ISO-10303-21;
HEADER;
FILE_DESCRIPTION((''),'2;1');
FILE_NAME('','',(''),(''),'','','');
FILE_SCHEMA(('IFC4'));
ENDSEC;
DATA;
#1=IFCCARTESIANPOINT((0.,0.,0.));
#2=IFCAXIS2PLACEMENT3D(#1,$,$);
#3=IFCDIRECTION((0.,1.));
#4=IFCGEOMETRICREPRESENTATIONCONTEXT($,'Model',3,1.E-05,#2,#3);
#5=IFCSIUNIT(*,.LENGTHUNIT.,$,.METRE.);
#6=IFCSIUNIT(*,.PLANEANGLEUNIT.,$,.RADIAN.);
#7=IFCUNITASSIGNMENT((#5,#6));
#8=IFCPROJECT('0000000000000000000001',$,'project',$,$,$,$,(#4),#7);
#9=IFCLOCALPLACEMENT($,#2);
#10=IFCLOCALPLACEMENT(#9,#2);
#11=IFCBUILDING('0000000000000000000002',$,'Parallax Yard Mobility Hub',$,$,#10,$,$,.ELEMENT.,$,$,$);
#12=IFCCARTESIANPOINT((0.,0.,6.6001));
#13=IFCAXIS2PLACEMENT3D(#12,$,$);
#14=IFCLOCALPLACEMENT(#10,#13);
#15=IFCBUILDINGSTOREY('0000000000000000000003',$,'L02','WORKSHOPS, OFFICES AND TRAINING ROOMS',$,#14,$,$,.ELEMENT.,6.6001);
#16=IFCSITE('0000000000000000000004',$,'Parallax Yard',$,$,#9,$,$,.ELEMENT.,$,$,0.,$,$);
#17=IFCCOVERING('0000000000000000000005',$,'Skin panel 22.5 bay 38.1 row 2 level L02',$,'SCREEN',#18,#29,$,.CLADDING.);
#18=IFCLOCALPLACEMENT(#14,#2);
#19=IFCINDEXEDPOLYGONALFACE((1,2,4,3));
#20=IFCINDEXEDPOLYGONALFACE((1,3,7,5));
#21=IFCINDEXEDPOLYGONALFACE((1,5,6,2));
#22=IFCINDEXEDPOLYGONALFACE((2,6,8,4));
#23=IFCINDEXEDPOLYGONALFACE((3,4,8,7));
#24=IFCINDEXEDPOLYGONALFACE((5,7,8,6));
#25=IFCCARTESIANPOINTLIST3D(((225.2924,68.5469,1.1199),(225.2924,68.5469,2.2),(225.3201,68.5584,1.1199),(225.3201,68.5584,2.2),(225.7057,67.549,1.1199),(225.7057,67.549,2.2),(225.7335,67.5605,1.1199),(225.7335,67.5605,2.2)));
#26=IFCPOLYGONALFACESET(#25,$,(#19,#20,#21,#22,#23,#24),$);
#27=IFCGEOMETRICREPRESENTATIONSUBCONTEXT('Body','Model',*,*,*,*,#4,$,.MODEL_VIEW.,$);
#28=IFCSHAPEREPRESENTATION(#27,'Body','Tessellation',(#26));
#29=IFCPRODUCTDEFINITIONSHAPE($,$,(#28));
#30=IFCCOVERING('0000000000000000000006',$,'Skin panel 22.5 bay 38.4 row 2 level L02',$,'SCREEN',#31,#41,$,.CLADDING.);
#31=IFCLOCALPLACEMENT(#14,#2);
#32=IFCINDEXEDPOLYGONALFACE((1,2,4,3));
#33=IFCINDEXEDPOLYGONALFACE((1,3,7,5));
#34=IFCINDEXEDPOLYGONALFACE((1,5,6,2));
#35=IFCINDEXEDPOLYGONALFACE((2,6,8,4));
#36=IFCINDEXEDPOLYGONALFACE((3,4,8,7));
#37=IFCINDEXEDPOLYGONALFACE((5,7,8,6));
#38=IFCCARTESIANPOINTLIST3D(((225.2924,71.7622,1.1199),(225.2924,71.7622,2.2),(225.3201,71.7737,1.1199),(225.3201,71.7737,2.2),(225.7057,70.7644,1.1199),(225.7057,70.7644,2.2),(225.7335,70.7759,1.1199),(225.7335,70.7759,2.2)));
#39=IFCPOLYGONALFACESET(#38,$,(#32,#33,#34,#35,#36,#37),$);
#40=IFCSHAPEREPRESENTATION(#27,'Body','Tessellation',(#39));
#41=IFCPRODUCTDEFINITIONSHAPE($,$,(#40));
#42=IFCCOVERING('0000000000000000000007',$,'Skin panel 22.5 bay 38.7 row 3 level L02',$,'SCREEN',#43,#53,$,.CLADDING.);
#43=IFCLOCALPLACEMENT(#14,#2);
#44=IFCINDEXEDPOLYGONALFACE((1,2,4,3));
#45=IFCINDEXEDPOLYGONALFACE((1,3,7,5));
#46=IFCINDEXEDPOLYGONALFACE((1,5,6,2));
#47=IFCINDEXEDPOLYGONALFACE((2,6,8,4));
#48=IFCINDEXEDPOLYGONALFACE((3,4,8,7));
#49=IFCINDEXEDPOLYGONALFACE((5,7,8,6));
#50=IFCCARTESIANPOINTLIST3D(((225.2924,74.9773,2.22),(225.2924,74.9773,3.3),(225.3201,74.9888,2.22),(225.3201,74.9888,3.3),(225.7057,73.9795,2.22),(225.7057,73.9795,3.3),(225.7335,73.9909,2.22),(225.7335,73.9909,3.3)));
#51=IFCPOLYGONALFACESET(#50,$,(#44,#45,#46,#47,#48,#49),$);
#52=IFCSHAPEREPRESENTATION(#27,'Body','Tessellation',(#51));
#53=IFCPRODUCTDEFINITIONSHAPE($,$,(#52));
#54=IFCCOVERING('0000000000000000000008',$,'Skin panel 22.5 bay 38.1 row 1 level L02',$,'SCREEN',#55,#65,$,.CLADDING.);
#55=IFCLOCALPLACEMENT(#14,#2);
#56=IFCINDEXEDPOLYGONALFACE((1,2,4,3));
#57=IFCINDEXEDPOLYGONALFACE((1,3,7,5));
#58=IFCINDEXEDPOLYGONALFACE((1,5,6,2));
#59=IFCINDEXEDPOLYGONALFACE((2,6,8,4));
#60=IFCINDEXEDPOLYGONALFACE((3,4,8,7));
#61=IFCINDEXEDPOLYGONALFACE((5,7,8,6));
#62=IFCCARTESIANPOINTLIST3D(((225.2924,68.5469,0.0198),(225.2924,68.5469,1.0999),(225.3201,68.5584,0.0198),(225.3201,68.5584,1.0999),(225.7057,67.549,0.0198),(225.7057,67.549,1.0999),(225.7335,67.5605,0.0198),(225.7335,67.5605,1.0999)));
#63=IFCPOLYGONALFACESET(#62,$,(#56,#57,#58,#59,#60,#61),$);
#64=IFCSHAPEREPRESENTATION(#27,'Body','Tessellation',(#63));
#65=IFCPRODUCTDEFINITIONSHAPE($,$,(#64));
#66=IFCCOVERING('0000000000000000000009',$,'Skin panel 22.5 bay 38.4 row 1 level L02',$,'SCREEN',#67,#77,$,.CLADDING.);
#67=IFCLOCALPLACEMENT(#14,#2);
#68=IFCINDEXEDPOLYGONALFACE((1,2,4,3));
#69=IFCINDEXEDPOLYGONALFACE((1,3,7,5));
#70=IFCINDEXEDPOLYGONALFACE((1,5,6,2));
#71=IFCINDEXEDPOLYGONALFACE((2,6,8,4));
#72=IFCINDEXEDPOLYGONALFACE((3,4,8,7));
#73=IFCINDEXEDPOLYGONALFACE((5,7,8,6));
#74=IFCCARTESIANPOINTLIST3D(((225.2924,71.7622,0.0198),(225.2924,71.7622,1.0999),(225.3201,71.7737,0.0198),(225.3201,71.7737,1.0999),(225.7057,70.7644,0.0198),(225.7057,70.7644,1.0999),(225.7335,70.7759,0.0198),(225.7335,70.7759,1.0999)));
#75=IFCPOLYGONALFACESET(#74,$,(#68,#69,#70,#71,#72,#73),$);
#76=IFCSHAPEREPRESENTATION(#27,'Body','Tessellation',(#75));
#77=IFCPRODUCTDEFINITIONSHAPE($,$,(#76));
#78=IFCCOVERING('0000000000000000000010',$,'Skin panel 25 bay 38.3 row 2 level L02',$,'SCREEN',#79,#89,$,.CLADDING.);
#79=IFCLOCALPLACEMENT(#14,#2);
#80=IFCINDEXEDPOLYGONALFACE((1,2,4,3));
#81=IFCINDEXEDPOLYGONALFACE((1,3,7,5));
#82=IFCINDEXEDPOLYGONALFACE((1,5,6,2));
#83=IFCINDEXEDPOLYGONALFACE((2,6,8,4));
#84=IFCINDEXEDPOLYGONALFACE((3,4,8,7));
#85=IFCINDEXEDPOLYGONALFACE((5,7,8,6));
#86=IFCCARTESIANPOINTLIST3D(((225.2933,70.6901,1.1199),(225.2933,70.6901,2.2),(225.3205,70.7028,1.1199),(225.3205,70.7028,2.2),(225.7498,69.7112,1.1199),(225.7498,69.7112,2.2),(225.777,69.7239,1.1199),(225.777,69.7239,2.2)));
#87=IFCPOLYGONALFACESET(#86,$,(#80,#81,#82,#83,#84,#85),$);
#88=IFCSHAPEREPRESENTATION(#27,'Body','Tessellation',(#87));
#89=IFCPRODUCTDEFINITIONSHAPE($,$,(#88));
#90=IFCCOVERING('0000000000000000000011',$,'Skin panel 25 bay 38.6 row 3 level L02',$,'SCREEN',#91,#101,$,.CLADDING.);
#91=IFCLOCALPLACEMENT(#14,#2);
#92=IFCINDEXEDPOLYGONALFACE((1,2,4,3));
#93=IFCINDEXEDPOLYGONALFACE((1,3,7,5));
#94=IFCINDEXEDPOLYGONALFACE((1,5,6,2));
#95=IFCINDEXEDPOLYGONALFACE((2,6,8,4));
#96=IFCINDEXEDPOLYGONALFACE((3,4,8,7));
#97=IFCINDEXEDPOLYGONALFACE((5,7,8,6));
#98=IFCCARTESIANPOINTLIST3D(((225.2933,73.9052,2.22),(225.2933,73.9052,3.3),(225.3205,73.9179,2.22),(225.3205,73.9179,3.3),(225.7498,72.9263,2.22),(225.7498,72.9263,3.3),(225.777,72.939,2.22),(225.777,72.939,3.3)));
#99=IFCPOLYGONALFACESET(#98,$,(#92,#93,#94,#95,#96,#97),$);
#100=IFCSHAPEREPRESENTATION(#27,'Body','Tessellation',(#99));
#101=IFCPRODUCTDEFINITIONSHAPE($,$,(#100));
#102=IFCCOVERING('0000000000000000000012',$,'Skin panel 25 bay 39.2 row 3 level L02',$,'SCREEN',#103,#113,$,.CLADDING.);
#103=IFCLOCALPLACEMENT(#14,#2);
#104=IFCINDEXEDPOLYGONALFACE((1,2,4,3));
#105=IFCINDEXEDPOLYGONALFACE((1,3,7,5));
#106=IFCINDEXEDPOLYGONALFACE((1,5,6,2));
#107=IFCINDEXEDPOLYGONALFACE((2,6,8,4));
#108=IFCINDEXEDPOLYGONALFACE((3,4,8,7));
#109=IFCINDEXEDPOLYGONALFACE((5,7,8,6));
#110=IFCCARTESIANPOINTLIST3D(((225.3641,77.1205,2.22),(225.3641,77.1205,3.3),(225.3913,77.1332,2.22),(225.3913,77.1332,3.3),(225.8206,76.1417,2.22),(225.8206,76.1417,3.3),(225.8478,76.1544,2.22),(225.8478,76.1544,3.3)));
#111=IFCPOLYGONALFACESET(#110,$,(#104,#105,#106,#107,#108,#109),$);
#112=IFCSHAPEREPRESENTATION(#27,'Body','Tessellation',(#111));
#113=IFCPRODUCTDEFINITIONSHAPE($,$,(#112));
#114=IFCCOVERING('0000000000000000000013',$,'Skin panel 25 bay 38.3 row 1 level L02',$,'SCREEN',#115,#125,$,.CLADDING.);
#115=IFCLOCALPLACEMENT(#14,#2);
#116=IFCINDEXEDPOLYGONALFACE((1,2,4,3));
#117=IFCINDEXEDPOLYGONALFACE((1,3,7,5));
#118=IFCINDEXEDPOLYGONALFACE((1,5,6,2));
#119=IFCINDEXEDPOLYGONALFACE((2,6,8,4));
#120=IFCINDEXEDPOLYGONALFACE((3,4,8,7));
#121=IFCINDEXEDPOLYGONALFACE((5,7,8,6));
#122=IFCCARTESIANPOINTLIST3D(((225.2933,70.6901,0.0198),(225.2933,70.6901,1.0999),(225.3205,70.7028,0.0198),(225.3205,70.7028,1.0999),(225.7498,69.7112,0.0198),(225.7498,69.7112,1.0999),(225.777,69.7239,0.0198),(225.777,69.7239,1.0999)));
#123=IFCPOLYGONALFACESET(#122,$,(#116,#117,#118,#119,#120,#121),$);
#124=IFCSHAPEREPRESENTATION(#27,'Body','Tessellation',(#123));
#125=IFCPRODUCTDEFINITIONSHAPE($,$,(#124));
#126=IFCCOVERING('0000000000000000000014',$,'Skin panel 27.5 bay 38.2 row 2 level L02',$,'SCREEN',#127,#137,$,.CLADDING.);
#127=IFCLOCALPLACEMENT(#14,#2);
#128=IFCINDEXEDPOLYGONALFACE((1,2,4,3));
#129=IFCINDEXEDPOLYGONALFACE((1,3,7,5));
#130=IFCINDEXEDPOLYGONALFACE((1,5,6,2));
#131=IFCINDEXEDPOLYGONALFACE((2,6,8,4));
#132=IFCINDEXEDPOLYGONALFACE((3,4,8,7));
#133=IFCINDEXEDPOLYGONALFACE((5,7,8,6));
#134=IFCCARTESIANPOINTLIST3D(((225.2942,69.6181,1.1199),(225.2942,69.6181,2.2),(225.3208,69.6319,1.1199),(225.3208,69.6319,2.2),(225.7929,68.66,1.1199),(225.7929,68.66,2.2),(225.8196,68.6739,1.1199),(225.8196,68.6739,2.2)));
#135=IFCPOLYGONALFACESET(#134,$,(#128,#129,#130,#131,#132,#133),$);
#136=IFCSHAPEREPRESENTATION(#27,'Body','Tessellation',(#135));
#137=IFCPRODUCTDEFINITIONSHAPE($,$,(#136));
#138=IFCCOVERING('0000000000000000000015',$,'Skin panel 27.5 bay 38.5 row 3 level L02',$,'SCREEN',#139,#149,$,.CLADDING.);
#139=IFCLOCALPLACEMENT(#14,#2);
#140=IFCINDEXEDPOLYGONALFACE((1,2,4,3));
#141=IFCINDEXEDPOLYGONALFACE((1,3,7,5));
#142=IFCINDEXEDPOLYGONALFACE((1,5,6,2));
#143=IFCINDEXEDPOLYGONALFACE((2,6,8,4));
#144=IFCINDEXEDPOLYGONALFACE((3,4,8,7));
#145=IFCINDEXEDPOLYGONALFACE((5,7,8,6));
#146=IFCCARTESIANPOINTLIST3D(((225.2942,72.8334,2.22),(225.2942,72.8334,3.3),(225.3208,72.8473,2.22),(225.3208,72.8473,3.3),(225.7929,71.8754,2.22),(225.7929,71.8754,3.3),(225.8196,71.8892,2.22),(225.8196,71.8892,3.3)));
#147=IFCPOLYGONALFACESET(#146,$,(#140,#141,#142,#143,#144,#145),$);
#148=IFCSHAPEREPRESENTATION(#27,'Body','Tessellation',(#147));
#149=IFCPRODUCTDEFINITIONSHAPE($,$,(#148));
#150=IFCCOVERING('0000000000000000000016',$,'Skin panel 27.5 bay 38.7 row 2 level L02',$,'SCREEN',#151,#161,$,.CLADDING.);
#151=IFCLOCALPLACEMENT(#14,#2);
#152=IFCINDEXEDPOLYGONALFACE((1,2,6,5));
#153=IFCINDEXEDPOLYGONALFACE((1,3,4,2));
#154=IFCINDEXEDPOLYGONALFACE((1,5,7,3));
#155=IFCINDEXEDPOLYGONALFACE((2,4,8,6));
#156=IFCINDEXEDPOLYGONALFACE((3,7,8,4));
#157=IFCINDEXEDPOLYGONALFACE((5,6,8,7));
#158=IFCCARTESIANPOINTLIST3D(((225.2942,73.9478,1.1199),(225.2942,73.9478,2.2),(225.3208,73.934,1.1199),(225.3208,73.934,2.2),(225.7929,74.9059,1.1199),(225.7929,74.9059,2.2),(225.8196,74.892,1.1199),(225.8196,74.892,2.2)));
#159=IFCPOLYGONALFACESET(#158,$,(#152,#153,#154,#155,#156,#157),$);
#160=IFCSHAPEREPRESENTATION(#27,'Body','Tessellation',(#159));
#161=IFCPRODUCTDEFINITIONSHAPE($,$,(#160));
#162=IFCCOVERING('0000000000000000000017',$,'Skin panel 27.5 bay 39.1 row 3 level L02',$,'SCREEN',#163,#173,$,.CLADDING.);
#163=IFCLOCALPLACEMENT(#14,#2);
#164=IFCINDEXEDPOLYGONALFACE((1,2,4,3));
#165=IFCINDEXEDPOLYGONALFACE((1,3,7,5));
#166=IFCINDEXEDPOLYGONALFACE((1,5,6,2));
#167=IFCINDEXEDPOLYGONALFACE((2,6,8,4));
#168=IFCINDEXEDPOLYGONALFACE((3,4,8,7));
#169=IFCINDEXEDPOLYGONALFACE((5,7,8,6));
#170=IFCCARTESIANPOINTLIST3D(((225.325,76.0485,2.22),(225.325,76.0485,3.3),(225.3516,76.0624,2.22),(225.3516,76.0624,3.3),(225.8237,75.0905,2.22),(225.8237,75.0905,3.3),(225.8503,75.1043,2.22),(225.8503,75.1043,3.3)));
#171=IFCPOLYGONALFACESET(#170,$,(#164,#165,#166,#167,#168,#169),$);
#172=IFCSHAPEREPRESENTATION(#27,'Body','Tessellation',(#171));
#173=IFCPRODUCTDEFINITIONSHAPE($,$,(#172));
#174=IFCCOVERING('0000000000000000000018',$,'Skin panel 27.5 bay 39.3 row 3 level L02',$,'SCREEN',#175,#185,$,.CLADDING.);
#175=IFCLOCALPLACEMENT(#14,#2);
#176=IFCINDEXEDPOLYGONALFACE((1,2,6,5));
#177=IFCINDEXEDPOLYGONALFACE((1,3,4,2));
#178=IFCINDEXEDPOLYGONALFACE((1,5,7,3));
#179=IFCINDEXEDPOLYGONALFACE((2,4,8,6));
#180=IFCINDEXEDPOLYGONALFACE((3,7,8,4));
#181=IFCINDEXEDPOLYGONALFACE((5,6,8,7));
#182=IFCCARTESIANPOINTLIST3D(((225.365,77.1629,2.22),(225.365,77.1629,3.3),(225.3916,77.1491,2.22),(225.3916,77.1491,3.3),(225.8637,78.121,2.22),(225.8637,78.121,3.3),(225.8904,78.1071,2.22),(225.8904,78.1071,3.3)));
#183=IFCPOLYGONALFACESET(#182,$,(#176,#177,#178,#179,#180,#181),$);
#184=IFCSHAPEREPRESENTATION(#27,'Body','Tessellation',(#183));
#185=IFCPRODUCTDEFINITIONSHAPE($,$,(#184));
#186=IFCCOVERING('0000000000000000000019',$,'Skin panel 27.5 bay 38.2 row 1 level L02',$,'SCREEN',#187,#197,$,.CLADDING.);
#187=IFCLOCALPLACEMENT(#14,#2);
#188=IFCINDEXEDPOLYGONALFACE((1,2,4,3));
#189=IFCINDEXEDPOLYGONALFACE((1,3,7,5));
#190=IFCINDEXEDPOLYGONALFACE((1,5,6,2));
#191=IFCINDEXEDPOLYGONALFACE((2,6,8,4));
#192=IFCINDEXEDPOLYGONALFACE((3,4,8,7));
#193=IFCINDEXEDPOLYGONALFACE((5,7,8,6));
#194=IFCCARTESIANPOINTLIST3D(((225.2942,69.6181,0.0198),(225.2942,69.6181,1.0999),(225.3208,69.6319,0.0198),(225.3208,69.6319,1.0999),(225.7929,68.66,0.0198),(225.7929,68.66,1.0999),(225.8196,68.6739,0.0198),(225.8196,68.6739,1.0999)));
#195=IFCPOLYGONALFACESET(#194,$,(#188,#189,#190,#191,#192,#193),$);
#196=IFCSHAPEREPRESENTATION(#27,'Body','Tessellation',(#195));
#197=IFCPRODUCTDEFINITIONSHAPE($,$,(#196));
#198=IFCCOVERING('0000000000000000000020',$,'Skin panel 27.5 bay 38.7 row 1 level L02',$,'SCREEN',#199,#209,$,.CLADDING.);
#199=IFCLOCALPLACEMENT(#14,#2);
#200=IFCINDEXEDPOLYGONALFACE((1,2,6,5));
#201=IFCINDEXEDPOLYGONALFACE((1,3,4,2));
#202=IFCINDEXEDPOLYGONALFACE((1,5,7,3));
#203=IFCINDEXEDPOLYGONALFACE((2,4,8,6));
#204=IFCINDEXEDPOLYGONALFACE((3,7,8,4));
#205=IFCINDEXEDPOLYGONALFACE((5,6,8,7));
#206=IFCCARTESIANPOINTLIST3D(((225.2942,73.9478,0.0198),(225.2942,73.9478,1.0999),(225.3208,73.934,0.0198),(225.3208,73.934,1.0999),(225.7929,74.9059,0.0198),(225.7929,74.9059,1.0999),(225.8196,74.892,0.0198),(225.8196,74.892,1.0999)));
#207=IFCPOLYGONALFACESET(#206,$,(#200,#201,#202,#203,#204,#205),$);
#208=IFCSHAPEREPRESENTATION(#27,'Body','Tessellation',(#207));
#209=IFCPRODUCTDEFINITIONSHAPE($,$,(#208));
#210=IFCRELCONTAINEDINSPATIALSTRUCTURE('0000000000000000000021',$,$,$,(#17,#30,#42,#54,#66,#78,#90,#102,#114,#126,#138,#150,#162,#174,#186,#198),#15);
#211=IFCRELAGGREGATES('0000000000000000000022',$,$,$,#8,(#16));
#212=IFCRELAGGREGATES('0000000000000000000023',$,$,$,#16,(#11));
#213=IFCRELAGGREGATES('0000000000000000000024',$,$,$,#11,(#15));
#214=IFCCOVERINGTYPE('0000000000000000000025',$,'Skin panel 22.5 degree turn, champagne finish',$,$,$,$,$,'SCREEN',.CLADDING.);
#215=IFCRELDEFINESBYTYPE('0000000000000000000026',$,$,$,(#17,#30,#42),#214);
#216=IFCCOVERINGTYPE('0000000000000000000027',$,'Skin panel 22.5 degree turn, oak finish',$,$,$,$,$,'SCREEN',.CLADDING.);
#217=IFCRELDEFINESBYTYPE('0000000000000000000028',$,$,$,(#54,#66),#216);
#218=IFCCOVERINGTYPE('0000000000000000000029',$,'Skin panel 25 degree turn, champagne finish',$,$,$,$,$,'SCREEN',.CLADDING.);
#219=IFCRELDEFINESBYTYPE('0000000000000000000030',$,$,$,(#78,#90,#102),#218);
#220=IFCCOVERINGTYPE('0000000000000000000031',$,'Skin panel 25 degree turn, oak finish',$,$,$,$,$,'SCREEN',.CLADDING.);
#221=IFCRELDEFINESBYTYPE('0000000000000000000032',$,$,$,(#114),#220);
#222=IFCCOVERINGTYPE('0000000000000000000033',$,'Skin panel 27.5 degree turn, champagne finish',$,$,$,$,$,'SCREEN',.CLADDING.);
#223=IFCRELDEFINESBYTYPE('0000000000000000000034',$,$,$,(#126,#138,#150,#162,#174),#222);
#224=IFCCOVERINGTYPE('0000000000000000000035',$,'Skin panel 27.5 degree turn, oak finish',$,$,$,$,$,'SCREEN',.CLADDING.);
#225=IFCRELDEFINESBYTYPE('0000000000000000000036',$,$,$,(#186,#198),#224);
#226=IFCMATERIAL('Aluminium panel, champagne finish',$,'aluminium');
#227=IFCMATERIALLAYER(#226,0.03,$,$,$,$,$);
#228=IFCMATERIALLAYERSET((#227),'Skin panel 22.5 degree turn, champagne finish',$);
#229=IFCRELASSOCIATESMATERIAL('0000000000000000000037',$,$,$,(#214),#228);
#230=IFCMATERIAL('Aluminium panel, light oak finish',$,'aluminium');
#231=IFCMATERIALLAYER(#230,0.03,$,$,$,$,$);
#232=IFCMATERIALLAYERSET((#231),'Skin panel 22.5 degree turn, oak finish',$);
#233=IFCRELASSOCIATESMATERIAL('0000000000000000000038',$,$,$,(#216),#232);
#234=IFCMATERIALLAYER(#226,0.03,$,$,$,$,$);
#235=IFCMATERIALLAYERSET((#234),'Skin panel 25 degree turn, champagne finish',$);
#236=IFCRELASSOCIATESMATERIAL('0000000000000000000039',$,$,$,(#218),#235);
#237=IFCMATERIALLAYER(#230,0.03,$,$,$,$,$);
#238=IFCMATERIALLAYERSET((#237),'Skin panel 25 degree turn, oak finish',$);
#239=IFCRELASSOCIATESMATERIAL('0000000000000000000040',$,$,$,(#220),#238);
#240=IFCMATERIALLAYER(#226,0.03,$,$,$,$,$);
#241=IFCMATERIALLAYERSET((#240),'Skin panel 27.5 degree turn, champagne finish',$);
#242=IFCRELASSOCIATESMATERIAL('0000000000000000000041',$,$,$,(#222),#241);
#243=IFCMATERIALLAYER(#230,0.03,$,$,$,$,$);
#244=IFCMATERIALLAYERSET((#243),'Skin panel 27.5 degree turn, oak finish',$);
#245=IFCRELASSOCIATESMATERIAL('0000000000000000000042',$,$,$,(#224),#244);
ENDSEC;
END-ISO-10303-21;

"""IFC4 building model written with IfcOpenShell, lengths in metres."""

from ifc_helpers import new_model, si_unit, direction, frame, origin, origin_2d, place, context, subcontext, project, spatial, rectangle, extrude, material, layer, layer_set, type_object, element, save


model = new_model("IFC4")

# Units and contexts
model_context = context("Model", 3, precision=1e-05, world=origin(), true_north=direction((0.0, 1.0)))
body_context = subcontext(model_context, "Body", "Model", "MODEL_VIEW")
ifc_project = project(units=[si_unit("LENGTHUNIT", "METRE"), si_unit("PLANEANGLEUNIT", "RADIAN")], contexts=[model_context])

# Site, building, storey
site_placement = place(None, origin())
site = spatial("IfcSite", under=ifc_project, at=site_placement, Name="Parallax Yard", CompositionType="ELEMENT", RefElevation=0.0)
building_placement = place(site_placement, origin())
building = spatial("IfcBuilding", under=site, at=building_placement, Name="Parallax Yard Mobility Hub", CompositionType="ELEMENT")
storey_placement = place(building_placement, frame((0.0, 0.0, 6.6001)))
storey = spatial("IfcBuildingStorey", under=building, at=storey_placement, Name="L02", Description="WORKSHOPS, OFFICES AND TRAINING ROOMS", CompositionType="ELEMENT", Elevation=6.6001)

# Coverings
ifc_material_1 = material(Name="Aluminium panel, champagne finish", Category="aluminium")
ifc_layer_1 = layer(ifc_material_1, 0.03)
ifc_layer_set_1 = layer_set([ifc_layer_1], Name="Skin panel 22.5 degree turn, champagne finish")
covering_type_1 = type_object("IfcCoveringType", Name="Skin panel 22.5 degree turn, champagne finish", ElementType="SCREEN", PredefinedType="CLADDING", material=ifc_layer_set_1)
for number, where, z_axis, x_axis, name in (
    (1, (225.5129, 68.0537, 1.1199), (0.0, 0.0, 1.0), (0.382683, -0.92388, 0.0), "Skin panel 22.5 bay 38.1 row 2 level L02"),
    (2, (225.5129, 71.269, 1.1199), (0.0, 0.0, 1.0), (0.382683, -0.92388, 0.0), "Skin panel 22.5 bay 38.4 row 2 level L02"),
    (3, (225.5129, 74.4841, 2.22), (0.0, 0.0, 1.0), (0.382683, -0.92388, 0.0), "Skin panel 22.5 bay 38.7 row 3 level L02"),
):
    element("IfcCovering", number, at=place(storey_placement, frame(where, z_axis=z_axis, x_axis=x_axis)), inside=storey, type_object=covering_type_1, Name=name, ObjectType="SCREEN", PredefinedType="CLADDING", context=body_context, shape_type="SweptSolid", body=[
        extrude(rectangle(XDim=1.0801, YDim=0.03, at=origin_2d()), origin(), (0.0, 0.0, 1.0), 1.0801),
    ])
ifc_material_2 = material(Name="Aluminium panel, light oak finish", Category="aluminium")
ifc_layer_2 = layer(ifc_material_2, 0.03)
ifc_layer_set_2 = layer_set([ifc_layer_2], Name="Skin panel 22.5 degree turn, oak finish")
covering_type_2 = type_object("IfcCoveringType", Name="Skin panel 22.5 degree turn, oak finish", ElementType="SCREEN", PredefinedType="CLADDING", material=ifc_layer_set_2)
for number, where, z_axis, x_axis, name in (
    (4, (225.5129, 68.0537, 0.0198), (0.0, 0.0, 1.0), (0.382683, -0.92388, 0.0), "Skin panel 22.5 bay 38.1 row 1 level L02"),
    (5, (225.5129, 71.269, 0.0198), (0.0, 0.0, 1.0), (0.382683, -0.92388, 0.0), "Skin panel 22.5 bay 38.4 row 1 level L02"),
):
    element("IfcCovering", number, at=place(storey_placement, frame(where, z_axis=z_axis, x_axis=x_axis)), inside=storey, type_object=covering_type_2, Name=name, ObjectType="SCREEN", PredefinedType="CLADDING", context=body_context, shape_type="SweptSolid", body=[
        extrude(rectangle(XDim=1.0801, YDim=0.03, at=origin_2d()), origin(), (0.0, 0.0, 1.0), 1.0801),
    ])
ifc_layer_3 = layer(ifc_material_1, 0.03)
ifc_layer_set_3 = layer_set([ifc_layer_3], Name="Skin panel 25 degree turn, champagne finish")
covering_type_3 = type_object("IfcCoveringType", Name="Skin panel 25 degree turn, champagne finish", ElementType="SCREEN", PredefinedType="CLADDING", material=ifc_layer_set_3)
for number, where, z_axis, x_axis, name in (
    (6, (225.5352, 70.207, 1.1199), (0.0, 0.0, 1.0), (0.422618, -0.906308, 0.0), "Skin panel 25 bay 38.3 row 2 level L02"),
    (7, (225.5352, 73.4221, 2.22), (0.0, 0.0, 1.0), (0.422618, -0.906308, 0.0), "Skin panel 25 bay 38.6 row 3 level L02"),
    (8, (225.606, 76.6375, 2.22), (0.0, 0.0, 1.0), (0.422618, -0.906308, 0.0), "Skin panel 25 bay 39.2 row 3 level L02"),
):
    element("IfcCovering", number, at=place(storey_placement, frame(where, z_axis=z_axis, x_axis=x_axis)), inside=storey, type_object=covering_type_3, Name=name, ObjectType="SCREEN", PredefinedType="CLADDING", context=body_context, shape_type="SweptSolid", body=[
        extrude(rectangle(XDim=1.0801, YDim=0.03, at=origin_2d()), origin(), (0.0, 0.0, 1.0), 1.0801),
    ])
ifc_layer_4 = layer(ifc_material_2, 0.03)
ifc_layer_set_4 = layer_set([ifc_layer_4], Name="Skin panel 25 degree turn, oak finish")
covering_type_4 = type_object("IfcCoveringType", Name="Skin panel 25 degree turn, oak finish", ElementType="SCREEN", PredefinedType="CLADDING", material=ifc_layer_set_4)
covering_1_placement = place(storey_placement, frame((225.5352, 70.207, 0.0198), z_axis=(0.0, 0.0, 1.0), x_axis=(0.422618, -0.906308, 0.0)))
element("IfcCovering", 9, at=covering_1_placement, inside=storey, type_object=covering_type_4, Name="Skin panel 25 bay 38.3 row 1 level L02", ObjectType="SCREEN", PredefinedType="CLADDING", context=body_context, shape_type="SweptSolid", body=[
    extrude(rectangle(XDim=1.0801, YDim=0.03, at=origin_2d()), origin(), (0.0, 0.0, 1.0), 1.0801),
])
ifc_layer_5 = layer(ifc_material_1, 0.03)
ifc_layer_set_5 = layer_set([ifc_layer_5], Name="Skin panel 27.5 degree turn, champagne finish")
covering_type_5 = type_object("IfcCoveringType", Name="Skin panel 27.5 degree turn, champagne finish", ElementType="SCREEN", PredefinedType="CLADDING", material=ifc_layer_set_5)
for number, where, z_axis, x_axis, name in (
    (10, (225.5569, 69.146, 1.1199), (0.0, 0.0, 1.0), (0.461749, -0.887011, 0.0), "Skin panel 27.5 bay 38.2 row 2 level L02"),
    (11, (225.5569, 72.3613, 2.22), (0.0, 0.0, 1.0), (0.461749, -0.887011, 0.0), "Skin panel 27.5 bay 38.5 row 3 level L02"),
    (12, (225.5569, 74.4199, 1.1199), (0.0, 0.0, 1.0), (0.461749, 0.887011, 0.0), "Skin panel 27.5 bay 38.7 row 2 level L02"),
    (13, (225.5876, 75.5764, 2.22), (0.0, 0.0, 1.0), (0.461749, -0.887011, 0.0), "Skin panel 27.5 bay 39.1 row 3 level L02"),
    (14, (225.6277, 77.635, 2.22), (0.0, 0.0, 1.0), (0.461749, 0.887011, 0.0), "Skin panel 27.5 bay 39.3 row 3 level L02"),
):
    element("IfcCovering", number, at=place(storey_placement, frame(where, z_axis=z_axis, x_axis=x_axis)), inside=storey, type_object=covering_type_5, Name=name, ObjectType="SCREEN", PredefinedType="CLADDING", context=body_context, shape_type="SweptSolid", body=[
        extrude(rectangle(XDim=1.0801, YDim=0.03, at=origin_2d()), origin(), (0.0, 0.0, 1.0), 1.0801),
    ])
ifc_layer_6 = layer(ifc_material_2, 0.03)
ifc_layer_set_6 = layer_set([ifc_layer_6], Name="Skin panel 27.5 degree turn, oak finish")
covering_type_6 = type_object("IfcCoveringType", Name="Skin panel 27.5 degree turn, oak finish", ElementType="SCREEN", PredefinedType="CLADDING", material=ifc_layer_set_6)
for number, where, z_axis, x_axis, name in (
    (15, (225.5569, 69.146, 0.0198), (0.0, 0.0, 1.0), (0.461749, -0.887011, 0.0), "Skin panel 27.5 bay 38.2 row 1 level L02"),
    (16, (225.5569, 74.4199, 0.0198), (0.0, 0.0, 1.0), (0.461749, 0.887011, 0.0), "Skin panel 27.5 bay 38.7 row 1 level L02"),
):
    element("IfcCovering", number, at=place(storey_placement, frame(where, z_axis=z_axis, x_axis=x_axis)), inside=storey, type_object=covering_type_6, Name=name, ObjectType="SCREEN", PredefinedType="CLADDING", context=body_context, shape_type="SweptSolid", body=[
        extrude(rectangle(XDim=1.0801, YDim=0.03, at=origin_2d()), origin(), (0.0, 0.0, 1.0), 1.0801),
    ])

save(model, "model.ifc")
